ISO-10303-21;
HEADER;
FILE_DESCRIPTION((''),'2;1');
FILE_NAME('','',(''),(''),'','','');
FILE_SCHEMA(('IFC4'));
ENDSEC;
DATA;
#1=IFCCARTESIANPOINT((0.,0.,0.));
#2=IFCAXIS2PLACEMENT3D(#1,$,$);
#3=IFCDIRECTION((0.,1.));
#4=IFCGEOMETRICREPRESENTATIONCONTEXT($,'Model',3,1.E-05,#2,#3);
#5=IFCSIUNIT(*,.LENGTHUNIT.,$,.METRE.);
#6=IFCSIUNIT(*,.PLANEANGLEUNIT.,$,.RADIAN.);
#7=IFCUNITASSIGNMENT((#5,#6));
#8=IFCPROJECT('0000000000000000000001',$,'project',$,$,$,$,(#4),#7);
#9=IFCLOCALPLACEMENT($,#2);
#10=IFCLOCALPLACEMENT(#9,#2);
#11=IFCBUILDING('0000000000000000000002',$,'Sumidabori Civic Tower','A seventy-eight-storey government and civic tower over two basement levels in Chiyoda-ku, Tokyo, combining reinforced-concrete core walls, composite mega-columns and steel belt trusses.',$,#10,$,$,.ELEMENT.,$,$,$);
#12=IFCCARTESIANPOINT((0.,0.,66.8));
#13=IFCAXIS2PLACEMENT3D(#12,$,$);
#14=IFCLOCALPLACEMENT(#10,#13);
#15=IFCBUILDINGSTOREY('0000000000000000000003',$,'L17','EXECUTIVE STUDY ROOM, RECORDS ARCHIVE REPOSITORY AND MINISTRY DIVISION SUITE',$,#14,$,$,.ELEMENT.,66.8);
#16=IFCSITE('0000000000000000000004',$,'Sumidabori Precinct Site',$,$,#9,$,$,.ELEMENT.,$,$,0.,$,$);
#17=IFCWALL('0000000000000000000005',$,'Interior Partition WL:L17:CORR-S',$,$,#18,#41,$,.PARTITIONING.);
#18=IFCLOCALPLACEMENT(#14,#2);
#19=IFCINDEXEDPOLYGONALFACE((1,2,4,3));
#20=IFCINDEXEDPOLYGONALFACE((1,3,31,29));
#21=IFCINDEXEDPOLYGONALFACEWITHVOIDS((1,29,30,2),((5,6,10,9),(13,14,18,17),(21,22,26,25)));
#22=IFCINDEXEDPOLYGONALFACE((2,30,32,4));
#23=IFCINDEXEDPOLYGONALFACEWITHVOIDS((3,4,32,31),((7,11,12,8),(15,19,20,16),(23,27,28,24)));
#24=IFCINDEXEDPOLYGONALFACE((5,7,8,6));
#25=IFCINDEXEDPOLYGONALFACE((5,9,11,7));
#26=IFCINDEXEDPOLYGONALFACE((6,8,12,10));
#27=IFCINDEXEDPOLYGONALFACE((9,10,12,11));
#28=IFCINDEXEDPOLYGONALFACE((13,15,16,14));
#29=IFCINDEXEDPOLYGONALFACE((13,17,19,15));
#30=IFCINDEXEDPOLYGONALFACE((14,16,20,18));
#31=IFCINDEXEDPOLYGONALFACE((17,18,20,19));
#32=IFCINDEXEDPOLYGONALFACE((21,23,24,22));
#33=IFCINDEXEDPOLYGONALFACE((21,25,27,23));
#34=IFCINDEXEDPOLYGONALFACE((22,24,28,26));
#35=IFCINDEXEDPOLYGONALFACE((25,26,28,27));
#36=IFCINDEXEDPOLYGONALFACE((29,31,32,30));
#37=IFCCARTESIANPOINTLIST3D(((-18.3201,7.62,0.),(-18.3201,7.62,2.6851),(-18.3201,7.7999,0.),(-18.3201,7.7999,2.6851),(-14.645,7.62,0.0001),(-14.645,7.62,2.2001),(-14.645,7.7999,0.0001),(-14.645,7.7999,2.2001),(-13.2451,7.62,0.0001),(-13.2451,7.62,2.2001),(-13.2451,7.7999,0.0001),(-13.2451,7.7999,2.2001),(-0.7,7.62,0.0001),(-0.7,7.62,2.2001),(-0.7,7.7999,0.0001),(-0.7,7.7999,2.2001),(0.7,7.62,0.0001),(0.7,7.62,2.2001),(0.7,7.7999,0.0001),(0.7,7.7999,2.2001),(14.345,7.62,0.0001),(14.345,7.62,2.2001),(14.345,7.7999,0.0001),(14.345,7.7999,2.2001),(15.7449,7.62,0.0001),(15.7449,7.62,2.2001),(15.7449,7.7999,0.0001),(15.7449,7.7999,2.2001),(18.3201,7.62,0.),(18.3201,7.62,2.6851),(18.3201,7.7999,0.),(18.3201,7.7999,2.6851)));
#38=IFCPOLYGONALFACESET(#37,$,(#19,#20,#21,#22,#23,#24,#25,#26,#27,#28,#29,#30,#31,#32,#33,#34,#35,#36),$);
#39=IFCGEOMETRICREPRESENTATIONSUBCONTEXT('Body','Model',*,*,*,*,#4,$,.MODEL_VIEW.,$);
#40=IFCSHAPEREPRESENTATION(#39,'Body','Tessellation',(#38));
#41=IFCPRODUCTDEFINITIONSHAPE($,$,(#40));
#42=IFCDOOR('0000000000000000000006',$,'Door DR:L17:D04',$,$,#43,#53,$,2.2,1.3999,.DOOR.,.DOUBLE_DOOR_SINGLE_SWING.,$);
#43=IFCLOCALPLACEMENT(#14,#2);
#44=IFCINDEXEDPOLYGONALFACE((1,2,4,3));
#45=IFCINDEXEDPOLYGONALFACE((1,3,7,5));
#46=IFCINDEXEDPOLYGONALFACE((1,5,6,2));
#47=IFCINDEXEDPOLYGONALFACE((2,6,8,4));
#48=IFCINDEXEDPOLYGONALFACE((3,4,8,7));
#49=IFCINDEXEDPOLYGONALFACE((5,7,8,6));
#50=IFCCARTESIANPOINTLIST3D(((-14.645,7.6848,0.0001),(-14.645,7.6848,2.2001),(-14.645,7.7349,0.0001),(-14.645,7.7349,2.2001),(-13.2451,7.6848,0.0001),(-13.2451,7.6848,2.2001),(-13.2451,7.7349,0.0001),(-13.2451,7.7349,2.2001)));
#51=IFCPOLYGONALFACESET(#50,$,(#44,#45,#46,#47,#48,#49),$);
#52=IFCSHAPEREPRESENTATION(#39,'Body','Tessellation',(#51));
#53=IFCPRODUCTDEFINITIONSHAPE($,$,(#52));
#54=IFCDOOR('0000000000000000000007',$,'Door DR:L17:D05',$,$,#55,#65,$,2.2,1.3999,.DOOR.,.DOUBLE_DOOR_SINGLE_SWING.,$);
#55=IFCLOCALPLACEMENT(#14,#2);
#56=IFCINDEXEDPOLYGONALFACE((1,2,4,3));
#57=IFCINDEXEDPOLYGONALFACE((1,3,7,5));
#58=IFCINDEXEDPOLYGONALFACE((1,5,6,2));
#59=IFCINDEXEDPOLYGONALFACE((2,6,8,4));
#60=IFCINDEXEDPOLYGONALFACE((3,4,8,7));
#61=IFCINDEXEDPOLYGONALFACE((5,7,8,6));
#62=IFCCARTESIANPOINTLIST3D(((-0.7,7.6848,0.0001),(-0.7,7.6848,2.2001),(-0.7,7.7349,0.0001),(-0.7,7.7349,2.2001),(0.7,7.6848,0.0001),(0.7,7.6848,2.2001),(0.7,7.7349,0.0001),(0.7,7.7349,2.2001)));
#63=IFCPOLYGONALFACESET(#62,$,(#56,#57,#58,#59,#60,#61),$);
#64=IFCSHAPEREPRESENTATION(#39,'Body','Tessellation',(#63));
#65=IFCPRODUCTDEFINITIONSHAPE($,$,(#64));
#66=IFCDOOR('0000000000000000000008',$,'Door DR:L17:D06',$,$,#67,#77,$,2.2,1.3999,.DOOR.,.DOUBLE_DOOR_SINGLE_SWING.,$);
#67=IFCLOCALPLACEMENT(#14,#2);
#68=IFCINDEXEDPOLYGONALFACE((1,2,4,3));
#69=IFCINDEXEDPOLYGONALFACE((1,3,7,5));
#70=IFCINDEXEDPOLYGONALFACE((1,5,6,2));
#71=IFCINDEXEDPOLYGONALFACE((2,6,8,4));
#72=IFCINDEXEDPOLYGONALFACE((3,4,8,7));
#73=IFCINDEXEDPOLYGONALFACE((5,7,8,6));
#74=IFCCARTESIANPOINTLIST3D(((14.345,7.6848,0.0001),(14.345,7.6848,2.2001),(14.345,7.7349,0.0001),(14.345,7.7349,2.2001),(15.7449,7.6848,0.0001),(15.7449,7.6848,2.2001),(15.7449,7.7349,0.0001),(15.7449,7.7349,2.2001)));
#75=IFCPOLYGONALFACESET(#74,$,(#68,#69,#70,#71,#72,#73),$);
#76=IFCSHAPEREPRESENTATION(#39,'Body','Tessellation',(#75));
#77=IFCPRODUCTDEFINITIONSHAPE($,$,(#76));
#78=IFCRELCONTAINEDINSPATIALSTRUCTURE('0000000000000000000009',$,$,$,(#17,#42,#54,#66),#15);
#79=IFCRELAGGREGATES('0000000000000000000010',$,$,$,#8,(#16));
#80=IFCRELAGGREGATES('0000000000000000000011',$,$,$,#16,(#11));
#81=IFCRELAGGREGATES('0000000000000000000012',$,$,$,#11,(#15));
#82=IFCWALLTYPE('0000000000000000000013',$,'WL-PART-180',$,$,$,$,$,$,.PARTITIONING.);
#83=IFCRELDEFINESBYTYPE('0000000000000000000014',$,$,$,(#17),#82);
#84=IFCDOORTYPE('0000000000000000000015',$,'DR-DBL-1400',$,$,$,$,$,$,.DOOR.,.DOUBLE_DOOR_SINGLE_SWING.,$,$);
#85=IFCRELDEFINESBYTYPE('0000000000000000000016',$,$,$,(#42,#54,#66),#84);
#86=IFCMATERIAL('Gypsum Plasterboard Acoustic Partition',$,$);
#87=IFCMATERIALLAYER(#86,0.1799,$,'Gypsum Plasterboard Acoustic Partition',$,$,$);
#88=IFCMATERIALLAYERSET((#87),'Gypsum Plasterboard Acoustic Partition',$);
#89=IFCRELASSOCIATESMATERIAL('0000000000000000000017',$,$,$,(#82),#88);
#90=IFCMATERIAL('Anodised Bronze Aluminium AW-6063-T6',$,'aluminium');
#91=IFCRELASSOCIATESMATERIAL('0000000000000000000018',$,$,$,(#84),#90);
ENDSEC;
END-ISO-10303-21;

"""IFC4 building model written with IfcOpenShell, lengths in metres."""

from ifc_helpers import new_model, si_unit, direction, frame, frame_2d, origin, place, context, subcontext, project, spatial, rectangle, extrude, source, transform, mapped, material, layer, layer_set, type_object, element, fill, save


model = new_model("IFC4")

# Units and contexts
model_context = context("Model", 3, precision=1e-05, world=origin(), true_north=direction((0.0, 1.0)))
body_context = subcontext(model_context, "Body", "Model", "MODEL_VIEW")
ifc_project = project(units=[si_unit("LENGTHUNIT", "METRE"), si_unit("PLANEANGLEUNIT", "RADIAN")], contexts=[model_context])

# Site, building, storey
site_placement = place(None, origin())
site = spatial("IfcSite", under=ifc_project, at=site_placement, Name="Sumidabori Precinct Site", CompositionType="ELEMENT", RefElevation=0.0)
building_placement = place(site_placement, origin())
building = spatial("IfcBuilding", under=site, at=building_placement, Name="Sumidabori Civic Tower", Description="A seventy-eight-storey government and civic tower over two basement levels in Chiyoda-ku, Tokyo, combining reinforced-concrete core walls, composite mega-columns and steel belt trusses.", CompositionType="ELEMENT")
storey_placement = place(building_placement, frame((0.0, 0.0, 66.8)))
storey = spatial("IfcBuildingStorey", under=building, at=storey_placement, Name="L17", Description="EXECUTIVE STUDY ROOM, RECORDS ARCHIVE REPOSITORY AND MINISTRY DIVISION SUITE", CompositionType="ELEMENT", Elevation=66.8)

# Shared definitions
ifc_material_1 = material(Name="Anodised Bronze Aluminium AW-6063-T6", Category="aluminium")

# Shared definitions
ifc_material_2 = material(Name="Gypsum Plasterboard Acoustic Partition")
ifc_layer_1 = layer(ifc_material_2, 0.1799, Name="Gypsum Plasterboard Acoustic Partition")
ifc_layer_set_1 = layer_set([ifc_layer_1], Name="Gypsum Plasterboard Acoustic Partition")
wall_type_1 = type_object("IfcWallType", Name="WL-PART-180", PredefinedType="PARTITIONING", material=ifc_layer_set_1)

# Wall, openings, doors
shared_shape_1 = source(origin(), body_context, "Body", "SweptSolid", [
    extrude(rectangle(XDim=36.6401, YDim=0.1799, at=frame_2d((18.3201, 0.0))), origin(), (0.0, 0.0, 1.0), 2.6851),
])
wall_1_placement = place(storey_placement, frame((-18.3201, 7.71, 0.0), z_axis=(0.0, 0.0, 1.0), x_axis=(1.0, 0.0, 0.0)))
wall_1 = element("IfcWall", 1, at=wall_1_placement, inside=storey, type_object=wall_type_1, Name="Interior Partition WL:L17:CORR-S", PredefinedType="PARTITIONING", context=body_context, shape_type="MappedRepresentation", body=[
    mapped(shared_shape_1, transform((0.0, 0.0, 0.0), x_axis=(1.0, 0.0, 0.0), y_axis=(0.0, 1.0, 0.0), z_axis=(0.0, 0.0, 1.0), scale=1.0)),
])
opening_1_placement = place(wall_1_placement, frame((3.675, 0.0, 0.0)))
opening_1 = element("IfcOpeningElement", 2, at=opening_1_placement, cuts=wall_1, PredefinedType="OPENING", context=body_context, shape_type="SweptSolid", body=[
    extrude(rectangle(XDim=1.3999, YDim=2.2, at=frame_2d((0.7, 1.1001))), frame((0.0, 0.1021, 0.0), z_axis=(0.0, -1.0, 0.0), x_axis=(1.0, 0.0, 0.0)), (0.0, 0.0, 1.0), 0.2039),
])
opening_2_placement = place(wall_1_placement, frame((17.6201, 0.0, 0.0)))
opening_2 = element("IfcOpeningElement", 3, at=opening_2_placement, cuts=wall_1, PredefinedType="OPENING", context=body_context, shape_type="SweptSolid", body=[
    extrude(rectangle(XDim=1.3999, YDim=2.2, at=frame_2d((0.7, 1.1001))), frame((0.0, 0.1021, 0.0), z_axis=(0.0, -1.0, 0.0), x_axis=(1.0, 0.0, 0.0)), (0.0, 0.0, 1.0), 0.2039),
])
opening_3_placement = place(wall_1_placement, frame((32.665, 0.0, 0.0)))
opening_3 = element("IfcOpeningElement", 4, at=opening_3_placement, cuts=wall_1, PredefinedType="OPENING", context=body_context, shape_type="SweptSolid", body=[
    extrude(rectangle(XDim=1.3999, YDim=2.2, at=frame_2d((0.7, 1.1001))), frame((0.0, 0.1021, 0.0), z_axis=(0.0, -1.0, 0.0), x_axis=(1.0, 0.0, 0.0)), (0.0, 0.0, 1.0), 0.2039),
])
door_type_1 = type_object("IfcDoorType", Name="DR-DBL-1400", OperationType="DOUBLE_DOOR_SINGLE_SWING", PredefinedType="DOOR", material=ifc_material_1)
shared_shape_2 = source(origin(), body_context, "Body", "SweptSolid", [
    extrude(rectangle(XDim=1.3999, YDim=2.2, at=frame_2d((0.7, 1.1001))), frame((0.0, 0.0249, 0.0), z_axis=(0.0, -1.0, 0.0), x_axis=(1.0, 0.0, 0.0)), (0.0, 0.0, 1.0), 0.05),
])
door_1_placement = place(opening_1_placement, origin())
door_1 = element("IfcDoor", 5, at=door_1_placement, inside=storey, type_object=door_type_1, Name="Door DR:L17:D04", OperationType="DOUBLE_DOOR_SINGLE_SWING", OverallHeight=2.2, OverallWidth=1.3999, PredefinedType="DOOR", context=body_context, shape_type="MappedRepresentation", body=[
    mapped(shared_shape_2, transform((0.0, 0.0, 0.0), x_axis=(1.0, 0.0, 0.0), y_axis=(0.0, 1.0, 0.0), z_axis=(0.0, 0.0, 1.0), scale=1.0)),
])
fill(opening_1, door_1)
door_2_placement = place(opening_2_placement, origin())
door_2 = element("IfcDoor", 6, at=door_2_placement, inside=storey, type_object=door_type_1, Name="Door DR:L17:D05", OperationType="DOUBLE_DOOR_SINGLE_SWING", OverallHeight=2.2, OverallWidth=1.3999, PredefinedType="DOOR", context=body_context, shape_type="MappedRepresentation", body=[
    mapped(shared_shape_2, transform((0.0, 0.0, 0.0), x_axis=(1.0, 0.0, 0.0), y_axis=(0.0, 1.0, 0.0), z_axis=(0.0, 0.0, 1.0), scale=1.0)),
])
fill(opening_2, door_2)
door_3_placement = place(opening_3_placement, origin())
door_3 = element("IfcDoor", 7, at=door_3_placement, inside=storey, type_object=door_type_1, Name="Door DR:L17:D06", OperationType="DOUBLE_DOOR_SINGLE_SWING", OverallHeight=2.2, OverallWidth=1.3999, PredefinedType="DOOR", context=body_context, shape_type="MappedRepresentation", body=[
    mapped(shared_shape_2, transform((0.0, 0.0, 0.0), x_axis=(1.0, 0.0, 0.0), y_axis=(0.0, 1.0, 0.0), z_axis=(0.0, 0.0, 1.0), scale=1.0)),
])
fill(opening_3, door_3)

save(model, "model.ifc")
